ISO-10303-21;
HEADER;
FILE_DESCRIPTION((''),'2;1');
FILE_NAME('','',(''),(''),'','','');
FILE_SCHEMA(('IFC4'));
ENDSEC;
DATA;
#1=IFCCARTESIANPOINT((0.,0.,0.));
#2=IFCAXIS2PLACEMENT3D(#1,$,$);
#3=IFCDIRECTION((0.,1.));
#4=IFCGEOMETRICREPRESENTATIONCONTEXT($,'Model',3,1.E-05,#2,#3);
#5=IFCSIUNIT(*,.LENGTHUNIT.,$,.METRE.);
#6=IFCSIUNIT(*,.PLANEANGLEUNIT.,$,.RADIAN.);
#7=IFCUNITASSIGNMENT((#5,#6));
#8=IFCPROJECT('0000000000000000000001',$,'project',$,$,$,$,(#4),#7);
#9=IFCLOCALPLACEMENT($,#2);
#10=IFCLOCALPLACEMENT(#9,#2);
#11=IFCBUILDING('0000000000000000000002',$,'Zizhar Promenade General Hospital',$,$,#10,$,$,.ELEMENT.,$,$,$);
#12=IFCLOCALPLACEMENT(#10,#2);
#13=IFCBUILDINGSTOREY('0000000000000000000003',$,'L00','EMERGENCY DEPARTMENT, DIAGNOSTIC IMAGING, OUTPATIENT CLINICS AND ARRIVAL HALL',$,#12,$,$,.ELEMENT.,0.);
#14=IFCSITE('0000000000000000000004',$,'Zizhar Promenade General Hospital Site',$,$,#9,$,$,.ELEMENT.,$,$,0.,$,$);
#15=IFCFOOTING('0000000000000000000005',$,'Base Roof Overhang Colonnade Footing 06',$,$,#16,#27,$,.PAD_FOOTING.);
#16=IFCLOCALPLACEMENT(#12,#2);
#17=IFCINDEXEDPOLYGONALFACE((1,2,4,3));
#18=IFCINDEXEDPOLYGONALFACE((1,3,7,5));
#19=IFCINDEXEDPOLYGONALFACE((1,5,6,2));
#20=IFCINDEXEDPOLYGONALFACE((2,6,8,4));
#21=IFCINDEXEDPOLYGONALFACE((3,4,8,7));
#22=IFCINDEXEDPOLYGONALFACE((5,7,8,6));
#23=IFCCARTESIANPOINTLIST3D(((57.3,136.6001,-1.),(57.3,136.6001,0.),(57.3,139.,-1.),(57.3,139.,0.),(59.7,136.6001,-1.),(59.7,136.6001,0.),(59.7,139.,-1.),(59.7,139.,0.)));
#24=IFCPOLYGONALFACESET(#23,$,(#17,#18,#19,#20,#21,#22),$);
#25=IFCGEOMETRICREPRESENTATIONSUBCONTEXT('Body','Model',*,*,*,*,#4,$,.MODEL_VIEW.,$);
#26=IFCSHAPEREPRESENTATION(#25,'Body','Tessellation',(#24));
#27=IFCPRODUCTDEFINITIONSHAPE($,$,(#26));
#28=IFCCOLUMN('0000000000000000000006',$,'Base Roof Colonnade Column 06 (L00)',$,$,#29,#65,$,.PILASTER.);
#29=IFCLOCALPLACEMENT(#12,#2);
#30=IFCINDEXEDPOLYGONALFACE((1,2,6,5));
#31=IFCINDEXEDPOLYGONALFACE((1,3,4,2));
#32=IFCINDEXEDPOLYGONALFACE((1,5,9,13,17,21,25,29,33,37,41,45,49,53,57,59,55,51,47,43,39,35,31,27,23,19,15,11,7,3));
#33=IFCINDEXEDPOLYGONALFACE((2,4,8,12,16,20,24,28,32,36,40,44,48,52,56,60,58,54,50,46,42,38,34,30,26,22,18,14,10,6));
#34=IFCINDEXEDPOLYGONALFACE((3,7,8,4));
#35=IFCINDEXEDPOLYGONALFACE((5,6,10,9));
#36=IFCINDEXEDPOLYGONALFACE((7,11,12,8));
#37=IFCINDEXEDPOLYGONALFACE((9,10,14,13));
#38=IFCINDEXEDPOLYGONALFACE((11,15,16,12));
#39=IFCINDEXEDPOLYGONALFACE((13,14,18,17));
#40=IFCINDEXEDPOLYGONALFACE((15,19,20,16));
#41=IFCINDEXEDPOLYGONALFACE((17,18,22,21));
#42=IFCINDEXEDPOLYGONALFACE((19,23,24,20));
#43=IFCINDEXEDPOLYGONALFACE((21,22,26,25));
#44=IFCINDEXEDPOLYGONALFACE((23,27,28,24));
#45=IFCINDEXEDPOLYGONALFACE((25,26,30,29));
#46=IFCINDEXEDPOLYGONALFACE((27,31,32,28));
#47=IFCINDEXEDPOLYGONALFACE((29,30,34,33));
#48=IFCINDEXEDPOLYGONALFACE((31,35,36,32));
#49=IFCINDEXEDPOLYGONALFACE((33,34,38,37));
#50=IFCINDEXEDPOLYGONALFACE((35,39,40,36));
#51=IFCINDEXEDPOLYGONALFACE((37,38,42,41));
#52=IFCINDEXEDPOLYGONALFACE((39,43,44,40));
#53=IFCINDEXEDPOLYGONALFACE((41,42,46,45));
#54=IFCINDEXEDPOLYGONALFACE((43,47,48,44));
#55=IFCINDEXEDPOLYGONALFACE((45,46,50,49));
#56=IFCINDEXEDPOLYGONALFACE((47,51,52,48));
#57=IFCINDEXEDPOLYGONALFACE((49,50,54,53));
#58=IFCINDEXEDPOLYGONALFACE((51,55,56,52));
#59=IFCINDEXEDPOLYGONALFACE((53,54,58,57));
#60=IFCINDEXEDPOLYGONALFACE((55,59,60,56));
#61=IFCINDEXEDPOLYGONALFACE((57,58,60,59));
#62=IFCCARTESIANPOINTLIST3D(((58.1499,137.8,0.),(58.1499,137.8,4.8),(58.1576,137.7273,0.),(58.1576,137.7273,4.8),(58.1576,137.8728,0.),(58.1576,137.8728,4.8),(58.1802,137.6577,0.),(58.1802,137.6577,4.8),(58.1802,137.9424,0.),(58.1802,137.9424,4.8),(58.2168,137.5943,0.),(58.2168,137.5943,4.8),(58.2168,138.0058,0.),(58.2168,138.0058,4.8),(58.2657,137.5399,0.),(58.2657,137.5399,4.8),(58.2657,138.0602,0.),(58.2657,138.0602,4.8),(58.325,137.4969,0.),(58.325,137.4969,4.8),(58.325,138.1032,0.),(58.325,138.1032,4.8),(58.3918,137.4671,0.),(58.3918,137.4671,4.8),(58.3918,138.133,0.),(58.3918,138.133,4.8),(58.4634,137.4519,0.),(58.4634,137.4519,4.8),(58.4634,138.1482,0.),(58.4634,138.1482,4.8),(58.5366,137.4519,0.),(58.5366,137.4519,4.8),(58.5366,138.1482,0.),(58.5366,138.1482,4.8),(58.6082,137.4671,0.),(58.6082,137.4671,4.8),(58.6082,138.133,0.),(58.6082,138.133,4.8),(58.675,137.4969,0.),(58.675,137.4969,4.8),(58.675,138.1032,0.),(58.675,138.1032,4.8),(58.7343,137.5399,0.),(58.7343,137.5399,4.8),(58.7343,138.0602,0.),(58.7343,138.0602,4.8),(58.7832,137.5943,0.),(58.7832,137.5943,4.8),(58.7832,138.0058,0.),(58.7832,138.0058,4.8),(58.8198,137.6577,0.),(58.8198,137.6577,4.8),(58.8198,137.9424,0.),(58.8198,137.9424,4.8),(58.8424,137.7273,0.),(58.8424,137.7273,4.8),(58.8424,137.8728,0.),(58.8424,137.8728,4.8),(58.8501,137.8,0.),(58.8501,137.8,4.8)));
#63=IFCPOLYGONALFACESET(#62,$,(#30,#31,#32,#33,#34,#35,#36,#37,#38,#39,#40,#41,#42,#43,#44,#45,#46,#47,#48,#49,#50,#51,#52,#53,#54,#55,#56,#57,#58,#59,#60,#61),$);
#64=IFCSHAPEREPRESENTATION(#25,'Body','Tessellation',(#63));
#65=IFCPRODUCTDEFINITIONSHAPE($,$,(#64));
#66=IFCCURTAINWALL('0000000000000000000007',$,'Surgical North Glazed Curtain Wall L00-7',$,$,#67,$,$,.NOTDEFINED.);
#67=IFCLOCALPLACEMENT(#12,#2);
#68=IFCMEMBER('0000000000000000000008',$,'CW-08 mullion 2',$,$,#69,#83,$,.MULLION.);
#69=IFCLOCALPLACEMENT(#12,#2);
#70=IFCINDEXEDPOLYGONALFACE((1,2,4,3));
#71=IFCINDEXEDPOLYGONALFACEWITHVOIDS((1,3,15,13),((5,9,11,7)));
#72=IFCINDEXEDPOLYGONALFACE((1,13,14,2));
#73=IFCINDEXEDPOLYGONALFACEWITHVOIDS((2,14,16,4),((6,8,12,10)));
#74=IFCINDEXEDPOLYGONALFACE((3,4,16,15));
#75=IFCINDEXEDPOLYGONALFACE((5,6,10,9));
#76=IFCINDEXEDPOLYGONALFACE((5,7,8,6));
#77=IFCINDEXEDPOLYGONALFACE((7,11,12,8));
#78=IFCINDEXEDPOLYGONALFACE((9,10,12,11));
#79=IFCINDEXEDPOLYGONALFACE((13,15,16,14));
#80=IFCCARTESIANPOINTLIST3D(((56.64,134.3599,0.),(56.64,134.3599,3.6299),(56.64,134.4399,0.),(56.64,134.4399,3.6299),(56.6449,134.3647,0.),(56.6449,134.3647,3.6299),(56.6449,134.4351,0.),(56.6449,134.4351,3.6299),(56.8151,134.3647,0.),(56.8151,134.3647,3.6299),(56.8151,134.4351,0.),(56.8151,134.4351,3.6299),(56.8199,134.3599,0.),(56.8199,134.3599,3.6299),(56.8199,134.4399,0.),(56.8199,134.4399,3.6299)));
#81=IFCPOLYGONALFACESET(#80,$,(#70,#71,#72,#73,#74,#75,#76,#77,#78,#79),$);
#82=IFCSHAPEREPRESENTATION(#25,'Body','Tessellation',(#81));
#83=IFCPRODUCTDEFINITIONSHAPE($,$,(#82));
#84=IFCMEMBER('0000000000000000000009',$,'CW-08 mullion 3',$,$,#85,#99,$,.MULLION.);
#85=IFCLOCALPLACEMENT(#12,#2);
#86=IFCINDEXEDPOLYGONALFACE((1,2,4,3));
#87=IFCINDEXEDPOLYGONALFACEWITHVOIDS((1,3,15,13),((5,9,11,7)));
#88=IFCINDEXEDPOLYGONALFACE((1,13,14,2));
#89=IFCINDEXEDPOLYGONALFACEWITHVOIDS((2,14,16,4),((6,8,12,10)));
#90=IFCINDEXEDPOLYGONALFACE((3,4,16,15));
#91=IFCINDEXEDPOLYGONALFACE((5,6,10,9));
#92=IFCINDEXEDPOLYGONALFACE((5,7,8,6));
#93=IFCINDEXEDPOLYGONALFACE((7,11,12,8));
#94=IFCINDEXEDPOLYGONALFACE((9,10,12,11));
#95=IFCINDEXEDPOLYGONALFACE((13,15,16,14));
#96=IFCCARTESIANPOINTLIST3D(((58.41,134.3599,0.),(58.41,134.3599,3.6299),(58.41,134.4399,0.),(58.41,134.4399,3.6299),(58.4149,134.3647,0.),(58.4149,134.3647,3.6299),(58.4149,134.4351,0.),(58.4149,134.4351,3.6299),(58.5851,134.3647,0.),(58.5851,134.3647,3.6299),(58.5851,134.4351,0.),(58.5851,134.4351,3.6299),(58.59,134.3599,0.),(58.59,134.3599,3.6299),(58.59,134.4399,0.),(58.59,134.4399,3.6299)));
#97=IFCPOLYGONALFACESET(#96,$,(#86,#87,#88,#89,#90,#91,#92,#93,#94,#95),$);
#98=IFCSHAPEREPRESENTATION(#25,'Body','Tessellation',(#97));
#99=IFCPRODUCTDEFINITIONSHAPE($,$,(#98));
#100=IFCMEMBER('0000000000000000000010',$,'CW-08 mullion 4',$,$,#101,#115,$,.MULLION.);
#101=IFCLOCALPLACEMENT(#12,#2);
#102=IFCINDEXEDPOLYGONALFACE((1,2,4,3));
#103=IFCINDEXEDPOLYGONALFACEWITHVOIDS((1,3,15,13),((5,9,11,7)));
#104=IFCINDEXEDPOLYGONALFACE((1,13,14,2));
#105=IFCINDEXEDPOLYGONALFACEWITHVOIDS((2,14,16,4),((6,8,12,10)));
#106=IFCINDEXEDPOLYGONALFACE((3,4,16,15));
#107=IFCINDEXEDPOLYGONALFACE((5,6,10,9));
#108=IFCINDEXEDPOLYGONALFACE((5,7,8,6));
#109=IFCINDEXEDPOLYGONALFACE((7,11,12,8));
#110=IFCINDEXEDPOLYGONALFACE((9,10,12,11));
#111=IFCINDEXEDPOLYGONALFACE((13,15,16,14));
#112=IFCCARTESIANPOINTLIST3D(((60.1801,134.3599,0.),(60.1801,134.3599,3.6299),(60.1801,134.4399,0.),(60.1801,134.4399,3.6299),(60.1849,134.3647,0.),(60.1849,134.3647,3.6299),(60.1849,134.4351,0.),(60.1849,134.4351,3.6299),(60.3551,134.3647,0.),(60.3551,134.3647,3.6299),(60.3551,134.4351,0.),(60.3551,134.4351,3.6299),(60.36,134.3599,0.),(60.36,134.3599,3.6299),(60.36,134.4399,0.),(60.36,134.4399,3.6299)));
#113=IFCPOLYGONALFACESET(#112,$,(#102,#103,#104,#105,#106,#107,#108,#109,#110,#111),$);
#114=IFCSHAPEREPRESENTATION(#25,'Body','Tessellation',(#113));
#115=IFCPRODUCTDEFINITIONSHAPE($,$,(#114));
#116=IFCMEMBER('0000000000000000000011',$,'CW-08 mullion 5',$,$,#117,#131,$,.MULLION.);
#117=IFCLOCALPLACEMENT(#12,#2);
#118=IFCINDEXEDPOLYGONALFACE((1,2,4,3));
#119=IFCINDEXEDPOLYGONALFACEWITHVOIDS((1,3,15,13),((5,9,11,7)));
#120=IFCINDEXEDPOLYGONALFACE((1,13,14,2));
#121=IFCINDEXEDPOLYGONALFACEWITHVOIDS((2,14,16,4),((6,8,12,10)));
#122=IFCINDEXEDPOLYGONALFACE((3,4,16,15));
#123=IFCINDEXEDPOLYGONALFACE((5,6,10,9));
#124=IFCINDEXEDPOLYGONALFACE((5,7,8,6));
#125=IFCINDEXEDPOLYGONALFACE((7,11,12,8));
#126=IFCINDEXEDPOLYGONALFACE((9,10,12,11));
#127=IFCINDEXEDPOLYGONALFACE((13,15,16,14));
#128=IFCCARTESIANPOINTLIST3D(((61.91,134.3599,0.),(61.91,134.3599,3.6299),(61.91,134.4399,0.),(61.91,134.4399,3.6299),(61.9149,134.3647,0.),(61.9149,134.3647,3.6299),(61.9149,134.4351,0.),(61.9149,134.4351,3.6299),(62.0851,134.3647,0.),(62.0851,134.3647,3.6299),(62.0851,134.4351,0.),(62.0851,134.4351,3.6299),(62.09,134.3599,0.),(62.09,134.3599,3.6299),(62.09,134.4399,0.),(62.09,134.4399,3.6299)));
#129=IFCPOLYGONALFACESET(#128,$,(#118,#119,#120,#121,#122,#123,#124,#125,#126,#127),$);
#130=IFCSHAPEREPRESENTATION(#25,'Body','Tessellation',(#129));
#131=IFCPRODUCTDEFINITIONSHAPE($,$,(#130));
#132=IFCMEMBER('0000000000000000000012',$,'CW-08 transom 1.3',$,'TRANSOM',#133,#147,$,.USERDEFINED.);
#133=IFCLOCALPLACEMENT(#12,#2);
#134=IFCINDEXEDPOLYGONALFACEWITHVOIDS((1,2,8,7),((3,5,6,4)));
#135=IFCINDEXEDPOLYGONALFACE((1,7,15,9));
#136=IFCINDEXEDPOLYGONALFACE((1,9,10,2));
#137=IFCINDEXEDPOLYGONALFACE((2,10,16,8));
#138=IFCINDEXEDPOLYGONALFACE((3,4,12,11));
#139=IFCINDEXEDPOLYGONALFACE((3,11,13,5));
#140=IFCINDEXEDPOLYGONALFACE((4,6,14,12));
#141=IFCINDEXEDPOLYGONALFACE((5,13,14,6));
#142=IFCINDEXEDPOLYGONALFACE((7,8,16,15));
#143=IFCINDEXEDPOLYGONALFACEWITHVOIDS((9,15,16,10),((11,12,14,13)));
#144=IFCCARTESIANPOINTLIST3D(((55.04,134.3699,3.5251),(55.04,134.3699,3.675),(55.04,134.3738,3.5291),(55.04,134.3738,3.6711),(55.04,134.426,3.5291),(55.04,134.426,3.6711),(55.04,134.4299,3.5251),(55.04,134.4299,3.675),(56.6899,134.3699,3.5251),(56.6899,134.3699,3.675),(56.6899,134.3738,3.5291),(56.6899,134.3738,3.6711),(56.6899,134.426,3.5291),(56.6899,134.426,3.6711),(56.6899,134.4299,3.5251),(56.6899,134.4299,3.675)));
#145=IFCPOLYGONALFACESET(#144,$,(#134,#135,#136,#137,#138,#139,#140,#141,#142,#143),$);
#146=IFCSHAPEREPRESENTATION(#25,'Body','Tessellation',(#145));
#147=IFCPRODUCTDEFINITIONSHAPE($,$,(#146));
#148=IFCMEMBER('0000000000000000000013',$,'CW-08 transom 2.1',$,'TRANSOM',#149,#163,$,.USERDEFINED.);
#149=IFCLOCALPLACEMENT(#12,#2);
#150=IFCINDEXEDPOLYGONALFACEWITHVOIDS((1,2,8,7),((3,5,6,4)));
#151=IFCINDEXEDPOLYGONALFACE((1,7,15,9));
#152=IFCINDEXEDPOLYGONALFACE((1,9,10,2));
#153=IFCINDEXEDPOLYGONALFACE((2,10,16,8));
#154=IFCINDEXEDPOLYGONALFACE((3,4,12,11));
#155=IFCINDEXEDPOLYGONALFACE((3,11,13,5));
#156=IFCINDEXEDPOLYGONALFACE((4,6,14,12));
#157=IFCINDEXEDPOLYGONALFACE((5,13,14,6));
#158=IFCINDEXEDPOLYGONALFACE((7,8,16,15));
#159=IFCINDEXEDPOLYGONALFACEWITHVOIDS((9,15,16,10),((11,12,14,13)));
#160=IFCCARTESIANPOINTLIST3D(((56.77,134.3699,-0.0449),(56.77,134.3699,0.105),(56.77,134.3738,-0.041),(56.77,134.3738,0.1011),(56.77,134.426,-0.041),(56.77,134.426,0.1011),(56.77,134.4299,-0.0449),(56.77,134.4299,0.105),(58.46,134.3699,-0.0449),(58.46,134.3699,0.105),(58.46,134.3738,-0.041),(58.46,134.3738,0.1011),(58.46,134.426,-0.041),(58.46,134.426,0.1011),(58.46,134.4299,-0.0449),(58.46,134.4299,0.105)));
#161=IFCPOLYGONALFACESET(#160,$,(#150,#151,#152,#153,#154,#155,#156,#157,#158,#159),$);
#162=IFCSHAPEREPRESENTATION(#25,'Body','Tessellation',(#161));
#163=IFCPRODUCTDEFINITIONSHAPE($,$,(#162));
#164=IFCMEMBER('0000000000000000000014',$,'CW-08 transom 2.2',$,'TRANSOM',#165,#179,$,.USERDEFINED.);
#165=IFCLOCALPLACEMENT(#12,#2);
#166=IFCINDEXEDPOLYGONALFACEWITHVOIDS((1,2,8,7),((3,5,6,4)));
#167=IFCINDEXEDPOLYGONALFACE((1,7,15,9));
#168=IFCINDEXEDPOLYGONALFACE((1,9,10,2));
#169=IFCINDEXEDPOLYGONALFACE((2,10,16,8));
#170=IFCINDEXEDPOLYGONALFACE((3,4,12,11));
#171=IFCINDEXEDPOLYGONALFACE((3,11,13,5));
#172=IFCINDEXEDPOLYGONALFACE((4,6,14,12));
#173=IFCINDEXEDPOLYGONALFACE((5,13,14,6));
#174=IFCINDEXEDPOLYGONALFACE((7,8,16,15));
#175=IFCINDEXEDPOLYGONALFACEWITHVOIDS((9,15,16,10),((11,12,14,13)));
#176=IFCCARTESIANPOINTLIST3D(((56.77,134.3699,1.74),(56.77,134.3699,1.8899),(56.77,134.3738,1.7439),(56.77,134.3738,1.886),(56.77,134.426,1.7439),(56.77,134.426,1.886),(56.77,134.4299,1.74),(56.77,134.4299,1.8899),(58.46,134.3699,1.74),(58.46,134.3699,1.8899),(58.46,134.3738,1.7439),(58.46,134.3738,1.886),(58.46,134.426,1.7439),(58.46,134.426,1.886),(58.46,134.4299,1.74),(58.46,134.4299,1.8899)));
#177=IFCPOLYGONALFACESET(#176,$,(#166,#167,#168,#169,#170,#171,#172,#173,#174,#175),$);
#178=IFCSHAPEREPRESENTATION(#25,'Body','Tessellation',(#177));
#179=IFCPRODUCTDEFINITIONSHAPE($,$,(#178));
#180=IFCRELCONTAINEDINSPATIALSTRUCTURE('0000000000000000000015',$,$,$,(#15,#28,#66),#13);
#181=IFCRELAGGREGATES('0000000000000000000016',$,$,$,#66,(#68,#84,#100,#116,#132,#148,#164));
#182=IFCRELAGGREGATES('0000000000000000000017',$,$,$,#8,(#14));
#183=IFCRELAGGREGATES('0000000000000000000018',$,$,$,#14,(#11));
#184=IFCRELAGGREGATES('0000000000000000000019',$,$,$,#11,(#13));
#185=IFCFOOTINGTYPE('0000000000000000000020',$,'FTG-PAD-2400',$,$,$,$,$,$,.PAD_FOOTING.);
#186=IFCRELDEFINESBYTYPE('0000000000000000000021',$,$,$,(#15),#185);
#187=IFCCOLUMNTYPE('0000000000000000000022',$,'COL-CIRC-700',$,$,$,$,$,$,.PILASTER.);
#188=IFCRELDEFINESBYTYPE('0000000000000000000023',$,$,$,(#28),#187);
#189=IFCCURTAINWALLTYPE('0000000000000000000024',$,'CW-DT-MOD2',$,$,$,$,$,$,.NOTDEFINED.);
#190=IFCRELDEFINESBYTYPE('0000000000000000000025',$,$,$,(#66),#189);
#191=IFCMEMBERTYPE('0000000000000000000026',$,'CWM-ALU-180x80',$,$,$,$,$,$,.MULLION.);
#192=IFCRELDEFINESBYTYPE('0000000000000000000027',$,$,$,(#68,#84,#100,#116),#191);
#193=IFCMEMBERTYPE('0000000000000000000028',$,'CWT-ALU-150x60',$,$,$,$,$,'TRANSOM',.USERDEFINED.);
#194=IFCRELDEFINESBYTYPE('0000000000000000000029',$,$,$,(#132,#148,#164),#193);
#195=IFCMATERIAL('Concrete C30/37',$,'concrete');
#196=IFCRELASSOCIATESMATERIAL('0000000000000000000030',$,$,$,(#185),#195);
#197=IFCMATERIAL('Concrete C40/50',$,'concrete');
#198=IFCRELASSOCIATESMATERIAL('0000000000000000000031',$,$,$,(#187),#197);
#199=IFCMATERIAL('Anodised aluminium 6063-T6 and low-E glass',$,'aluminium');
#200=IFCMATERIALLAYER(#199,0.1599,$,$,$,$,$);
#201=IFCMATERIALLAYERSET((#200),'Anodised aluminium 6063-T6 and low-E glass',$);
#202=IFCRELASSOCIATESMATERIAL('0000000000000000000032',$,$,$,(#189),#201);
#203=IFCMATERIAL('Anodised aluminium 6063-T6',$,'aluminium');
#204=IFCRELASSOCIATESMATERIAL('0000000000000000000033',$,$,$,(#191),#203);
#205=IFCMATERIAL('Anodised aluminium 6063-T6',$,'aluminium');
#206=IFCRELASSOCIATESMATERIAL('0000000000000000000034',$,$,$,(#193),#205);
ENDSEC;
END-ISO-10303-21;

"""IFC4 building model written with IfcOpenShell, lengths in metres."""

from ifc_helpers import new_model, si_unit, direction, frame, origin, origin_2d, place, context, subcontext, project, spatial, rectangle, hollow_rectangle, circle, extrude, material, layer, layer_set, material_profile, profile_set, type_object, element, aggregate, save


model = new_model("IFC4")

# Units and contexts
model_context = context("Model", 3, precision=1e-05, world=origin(), true_north=direction((0.0, 1.0)))
body_context = subcontext(model_context, "Body", "Model", "MODEL_VIEW")
ifc_project = project(units=[si_unit("LENGTHUNIT", "METRE"), si_unit("PLANEANGLEUNIT", "RADIAN")], contexts=[model_context])

# Site, building, storey
site_placement = place(None, origin())
site = spatial("IfcSite", under=ifc_project, at=site_placement, Name="Zizhar Promenade General Hospital Site", CompositionType="ELEMENT", RefElevation=0.0)
building_placement = place(site_placement, origin())
building = spatial("IfcBuilding", under=site, at=building_placement, Name="Zizhar Promenade General Hospital", CompositionType="ELEMENT")
storey_placement = place(building_placement, origin())
storey = spatial("IfcBuildingStorey", under=building, at=storey_placement, Name="L00", Description="EMERGENCY DEPARTMENT, DIAGNOSTIC IMAGING, OUTPATIENT CLINICS AND ARRIVAL HALL", CompositionType="ELEMENT", Elevation=0.0)

# Footing
ifc_material_1 = material(Name="Concrete C30/37", Category="concrete")
footing_type = type_object("IfcFootingType", Name="FTG-PAD-2400", PredefinedType="PAD_FOOTING", material=ifc_material_1)
footing_placement = place(storey_placement, frame((58.5, 137.8, -1.0), z_axis=(0.0, 0.0, 1.0), x_axis=(1.0, 0.0, 0.0)))
element("IfcFooting", 1, at=footing_placement, inside=storey, type_object=footing_type, Name="Base Roof Overhang Colonnade Footing 06", PredefinedType="PAD_FOOTING", context=body_context, shape_type="SweptSolid", body=[
    extrude(rectangle(XDim=2.3999, YDim=2.3999, at=origin_2d()), origin(), (0.0, 0.0, 1.0), 1.0),
])

# Column
ifc_material_2 = material(Name="Concrete C40/50", Category="concrete")
ifc_material_profile_1 = material_profile(ifc_material_2, circle(Radius=0.3501, at=origin_2d()))
ifc_profile_set_1 = profile_set([ifc_material_profile_1], Name="Concrete C40/50")
column_type = type_object("IfcColumnType", Name="COL-CIRC-700", PredefinedType="PILASTER", material=ifc_profile_set_1)
column_placement = place(storey_placement, frame((58.5, 137.8, 0.0), z_axis=(0.0, 0.0, 1.0), x_axis=(1.0, 0.0, 0.0)))
element("IfcColumn", 2, at=column_placement, inside=storey, type_object=column_type, Name="Base Roof Colonnade Column 06 (L00)", PredefinedType="PILASTER", context=body_context, shape_type="SweptSolid", body=[
    extrude(circle(Radius=0.3501, at=origin_2d()), origin(), (0.0, 0.0, 1.0), 4.8),
])

# Curtain wall, members
ifc_material_3 = material(Name="Anodised aluminium 6063-T6 and low-E glass", Category="aluminium")
ifc_layer_1 = layer(ifc_material_3, 0.1599)
ifc_layer_set_1 = layer_set([ifc_layer_1], Name="Anodised aluminium 6063-T6 and low-E glass")
curtain_wall_type = type_object("IfcCurtainWallType", Name="CW-DT-MOD2", PredefinedType="NOTDEFINED", material=ifc_layer_set_1)
curtain_wall_placement = place(storey_placement, origin())
curtain_wall = element("IfcCurtainWall", 3, at=curtain_wall_placement, inside=storey, type_object=curtain_wall_type, Name="Surgical North Glazed Curtain Wall L00-7", PredefinedType="NOTDEFINED")
ifc_material_4 = material(Name="Anodised aluminium 6063-T6", Category="aluminium")
ifc_material_profile_2 = material_profile(ifc_material_4, hollow_rectangle(XDim=0.0801, YDim=0.1799, WallThickness=0.0049, at=origin_2d()))
ifc_profile_set_2 = profile_set([ifc_material_profile_2], Name="Anodised aluminium 6063-T6")
member_type_1 = type_object("IfcMemberType", Name="CWM-ALU-180x80", PredefinedType="MULLION", material=ifc_profile_set_2)
member_1_placement = place(storey_placement, frame((56.73, 134.3999, 0.0), z_axis=(0.0, 0.0, 1.0), x_axis=(0.0, 1.0, 0.0)))
member_1 = element("IfcMember", 4, at=member_1_placement, type_object=member_type_1, Name="CW-08 mullion 2", PredefinedType="MULLION", context=body_context, shape_type="SweptSolid", body=[
    extrude(hollow_rectangle(XDim=0.0801, YDim=0.1799, WallThickness=0.0049, at=origin_2d()), origin(), (0.0, 0.0, 1.0), 3.6299),
])
member_2_placement = place(storey_placement, frame((58.5, 134.3999, 0.0), z_axis=(0.0, 0.0, 1.0), x_axis=(0.0, 1.0, 0.0)))
member_2 = element("IfcMember", 5, at=member_2_placement, type_object=member_type_1, Name="CW-08 mullion 3", PredefinedType="MULLION", context=body_context, shape_type="SweptSolid", body=[
    extrude(hollow_rectangle(XDim=0.0801, YDim=0.1799, WallThickness=0.0049, at=origin_2d()), origin(), (0.0, 0.0, 1.0), 3.6299),
])
member_3_placement = place(storey_placement, frame((60.27, 134.3999, 0.0), z_axis=(0.0, 0.0, 1.0), x_axis=(0.0, 1.0, 0.0)))
member_3 = element("IfcMember", 6, at=member_3_placement, type_object=member_type_1, Name="CW-08 mullion 4", PredefinedType="MULLION", context=body_context, shape_type="SweptSolid", body=[
    extrude(hollow_rectangle(XDim=0.0801, YDim=0.1799, WallThickness=0.0049, at=origin_2d()), origin(), (0.0, 0.0, 1.0), 3.6299),
])
member_4_placement = place(storey_placement, frame((62.0, 134.3999, 0.0), z_axis=(0.0, 0.0, 1.0), x_axis=(0.0, 1.0, 0.0)))
member_4 = element("IfcMember", 7, at=member_4_placement, type_object=member_type_1, Name="CW-08 mullion 5", PredefinedType="MULLION", context=body_context, shape_type="SweptSolid", body=[
    extrude(hollow_rectangle(XDim=0.0801, YDim=0.1799, WallThickness=0.0049, at=origin_2d()), origin(), (0.0, 0.0, 1.0), 3.6299),
])
ifc_material_5 = material(Name="Anodised aluminium 6063-T6", Category="aluminium")
ifc_material_profile_3 = material_profile(ifc_material_5, hollow_rectangle(XDim=0.0601, YDim=0.1499, WallThickness=0.0039, at=origin_2d()))
ifc_profile_set_3 = profile_set([ifc_material_profile_3], Name="Anodised aluminium 6063-T6")
member_type_2 = type_object("IfcMemberType", Name="CWT-ALU-150x60", ElementType="TRANSOM", PredefinedType="USERDEFINED", material=ifc_profile_set_3)
member_5_placement = place(storey_placement, frame((55.04, 134.3999, 3.6001), z_axis=(1.0, 0.0, 0.0), x_axis=(0.0, 1.0, 0.0)))
member_5 = element("IfcMember", 8, at=member_5_placement, type_object=member_type_2, Name="CW-08 transom 1.3", ObjectType="TRANSOM", PredefinedType="USERDEFINED", context=body_context, shape_type="SweptSolid", body=[
    extrude(hollow_rectangle(XDim=0.0601, YDim=0.1499, WallThickness=0.0039, at=origin_2d()), origin(), (0.0, 0.0, 1.0), 1.6499),
])
member_6_placement = place(storey_placement, frame((56.77, 134.3999, 0.03), z_axis=(1.0, 0.0, 0.0), x_axis=(0.0, 1.0, 0.0)))
member_6 = element("IfcMember", 9, at=member_6_placement, type_object=member_type_2, Name="CW-08 transom 2.1", ObjectType="TRANSOM", PredefinedType="USERDEFINED", context=body_context, shape_type="SweptSolid", body=[
    extrude(hollow_rectangle(XDim=0.0601, YDim=0.1499, WallThickness=0.0039, at=origin_2d()), origin(), (0.0, 0.0, 1.0), 1.6899),
])
member_7_placement = place(storey_placement, frame((56.77, 134.3999, 1.8149), z_axis=(1.0, 0.0, 0.0), x_axis=(0.0, 1.0, 0.0)))
member_7 = element("IfcMember", 10, at=member_7_placement, type_object=member_type_2, Name="CW-08 transom 2.2", ObjectType="TRANSOM", PredefinedType="USERDEFINED", context=body_context, shape_type="SweptSolid", body=[
    extrude(hollow_rectangle(XDim=0.0601, YDim=0.1499, WallThickness=0.0039, at=origin_2d()), origin(), (0.0, 0.0, 1.0), 1.6899),
])
aggregate(curtain_wall, [member_1, member_2, member_3, member_4, member_5, member_6, member_7])

save(model, "model.ifc")
